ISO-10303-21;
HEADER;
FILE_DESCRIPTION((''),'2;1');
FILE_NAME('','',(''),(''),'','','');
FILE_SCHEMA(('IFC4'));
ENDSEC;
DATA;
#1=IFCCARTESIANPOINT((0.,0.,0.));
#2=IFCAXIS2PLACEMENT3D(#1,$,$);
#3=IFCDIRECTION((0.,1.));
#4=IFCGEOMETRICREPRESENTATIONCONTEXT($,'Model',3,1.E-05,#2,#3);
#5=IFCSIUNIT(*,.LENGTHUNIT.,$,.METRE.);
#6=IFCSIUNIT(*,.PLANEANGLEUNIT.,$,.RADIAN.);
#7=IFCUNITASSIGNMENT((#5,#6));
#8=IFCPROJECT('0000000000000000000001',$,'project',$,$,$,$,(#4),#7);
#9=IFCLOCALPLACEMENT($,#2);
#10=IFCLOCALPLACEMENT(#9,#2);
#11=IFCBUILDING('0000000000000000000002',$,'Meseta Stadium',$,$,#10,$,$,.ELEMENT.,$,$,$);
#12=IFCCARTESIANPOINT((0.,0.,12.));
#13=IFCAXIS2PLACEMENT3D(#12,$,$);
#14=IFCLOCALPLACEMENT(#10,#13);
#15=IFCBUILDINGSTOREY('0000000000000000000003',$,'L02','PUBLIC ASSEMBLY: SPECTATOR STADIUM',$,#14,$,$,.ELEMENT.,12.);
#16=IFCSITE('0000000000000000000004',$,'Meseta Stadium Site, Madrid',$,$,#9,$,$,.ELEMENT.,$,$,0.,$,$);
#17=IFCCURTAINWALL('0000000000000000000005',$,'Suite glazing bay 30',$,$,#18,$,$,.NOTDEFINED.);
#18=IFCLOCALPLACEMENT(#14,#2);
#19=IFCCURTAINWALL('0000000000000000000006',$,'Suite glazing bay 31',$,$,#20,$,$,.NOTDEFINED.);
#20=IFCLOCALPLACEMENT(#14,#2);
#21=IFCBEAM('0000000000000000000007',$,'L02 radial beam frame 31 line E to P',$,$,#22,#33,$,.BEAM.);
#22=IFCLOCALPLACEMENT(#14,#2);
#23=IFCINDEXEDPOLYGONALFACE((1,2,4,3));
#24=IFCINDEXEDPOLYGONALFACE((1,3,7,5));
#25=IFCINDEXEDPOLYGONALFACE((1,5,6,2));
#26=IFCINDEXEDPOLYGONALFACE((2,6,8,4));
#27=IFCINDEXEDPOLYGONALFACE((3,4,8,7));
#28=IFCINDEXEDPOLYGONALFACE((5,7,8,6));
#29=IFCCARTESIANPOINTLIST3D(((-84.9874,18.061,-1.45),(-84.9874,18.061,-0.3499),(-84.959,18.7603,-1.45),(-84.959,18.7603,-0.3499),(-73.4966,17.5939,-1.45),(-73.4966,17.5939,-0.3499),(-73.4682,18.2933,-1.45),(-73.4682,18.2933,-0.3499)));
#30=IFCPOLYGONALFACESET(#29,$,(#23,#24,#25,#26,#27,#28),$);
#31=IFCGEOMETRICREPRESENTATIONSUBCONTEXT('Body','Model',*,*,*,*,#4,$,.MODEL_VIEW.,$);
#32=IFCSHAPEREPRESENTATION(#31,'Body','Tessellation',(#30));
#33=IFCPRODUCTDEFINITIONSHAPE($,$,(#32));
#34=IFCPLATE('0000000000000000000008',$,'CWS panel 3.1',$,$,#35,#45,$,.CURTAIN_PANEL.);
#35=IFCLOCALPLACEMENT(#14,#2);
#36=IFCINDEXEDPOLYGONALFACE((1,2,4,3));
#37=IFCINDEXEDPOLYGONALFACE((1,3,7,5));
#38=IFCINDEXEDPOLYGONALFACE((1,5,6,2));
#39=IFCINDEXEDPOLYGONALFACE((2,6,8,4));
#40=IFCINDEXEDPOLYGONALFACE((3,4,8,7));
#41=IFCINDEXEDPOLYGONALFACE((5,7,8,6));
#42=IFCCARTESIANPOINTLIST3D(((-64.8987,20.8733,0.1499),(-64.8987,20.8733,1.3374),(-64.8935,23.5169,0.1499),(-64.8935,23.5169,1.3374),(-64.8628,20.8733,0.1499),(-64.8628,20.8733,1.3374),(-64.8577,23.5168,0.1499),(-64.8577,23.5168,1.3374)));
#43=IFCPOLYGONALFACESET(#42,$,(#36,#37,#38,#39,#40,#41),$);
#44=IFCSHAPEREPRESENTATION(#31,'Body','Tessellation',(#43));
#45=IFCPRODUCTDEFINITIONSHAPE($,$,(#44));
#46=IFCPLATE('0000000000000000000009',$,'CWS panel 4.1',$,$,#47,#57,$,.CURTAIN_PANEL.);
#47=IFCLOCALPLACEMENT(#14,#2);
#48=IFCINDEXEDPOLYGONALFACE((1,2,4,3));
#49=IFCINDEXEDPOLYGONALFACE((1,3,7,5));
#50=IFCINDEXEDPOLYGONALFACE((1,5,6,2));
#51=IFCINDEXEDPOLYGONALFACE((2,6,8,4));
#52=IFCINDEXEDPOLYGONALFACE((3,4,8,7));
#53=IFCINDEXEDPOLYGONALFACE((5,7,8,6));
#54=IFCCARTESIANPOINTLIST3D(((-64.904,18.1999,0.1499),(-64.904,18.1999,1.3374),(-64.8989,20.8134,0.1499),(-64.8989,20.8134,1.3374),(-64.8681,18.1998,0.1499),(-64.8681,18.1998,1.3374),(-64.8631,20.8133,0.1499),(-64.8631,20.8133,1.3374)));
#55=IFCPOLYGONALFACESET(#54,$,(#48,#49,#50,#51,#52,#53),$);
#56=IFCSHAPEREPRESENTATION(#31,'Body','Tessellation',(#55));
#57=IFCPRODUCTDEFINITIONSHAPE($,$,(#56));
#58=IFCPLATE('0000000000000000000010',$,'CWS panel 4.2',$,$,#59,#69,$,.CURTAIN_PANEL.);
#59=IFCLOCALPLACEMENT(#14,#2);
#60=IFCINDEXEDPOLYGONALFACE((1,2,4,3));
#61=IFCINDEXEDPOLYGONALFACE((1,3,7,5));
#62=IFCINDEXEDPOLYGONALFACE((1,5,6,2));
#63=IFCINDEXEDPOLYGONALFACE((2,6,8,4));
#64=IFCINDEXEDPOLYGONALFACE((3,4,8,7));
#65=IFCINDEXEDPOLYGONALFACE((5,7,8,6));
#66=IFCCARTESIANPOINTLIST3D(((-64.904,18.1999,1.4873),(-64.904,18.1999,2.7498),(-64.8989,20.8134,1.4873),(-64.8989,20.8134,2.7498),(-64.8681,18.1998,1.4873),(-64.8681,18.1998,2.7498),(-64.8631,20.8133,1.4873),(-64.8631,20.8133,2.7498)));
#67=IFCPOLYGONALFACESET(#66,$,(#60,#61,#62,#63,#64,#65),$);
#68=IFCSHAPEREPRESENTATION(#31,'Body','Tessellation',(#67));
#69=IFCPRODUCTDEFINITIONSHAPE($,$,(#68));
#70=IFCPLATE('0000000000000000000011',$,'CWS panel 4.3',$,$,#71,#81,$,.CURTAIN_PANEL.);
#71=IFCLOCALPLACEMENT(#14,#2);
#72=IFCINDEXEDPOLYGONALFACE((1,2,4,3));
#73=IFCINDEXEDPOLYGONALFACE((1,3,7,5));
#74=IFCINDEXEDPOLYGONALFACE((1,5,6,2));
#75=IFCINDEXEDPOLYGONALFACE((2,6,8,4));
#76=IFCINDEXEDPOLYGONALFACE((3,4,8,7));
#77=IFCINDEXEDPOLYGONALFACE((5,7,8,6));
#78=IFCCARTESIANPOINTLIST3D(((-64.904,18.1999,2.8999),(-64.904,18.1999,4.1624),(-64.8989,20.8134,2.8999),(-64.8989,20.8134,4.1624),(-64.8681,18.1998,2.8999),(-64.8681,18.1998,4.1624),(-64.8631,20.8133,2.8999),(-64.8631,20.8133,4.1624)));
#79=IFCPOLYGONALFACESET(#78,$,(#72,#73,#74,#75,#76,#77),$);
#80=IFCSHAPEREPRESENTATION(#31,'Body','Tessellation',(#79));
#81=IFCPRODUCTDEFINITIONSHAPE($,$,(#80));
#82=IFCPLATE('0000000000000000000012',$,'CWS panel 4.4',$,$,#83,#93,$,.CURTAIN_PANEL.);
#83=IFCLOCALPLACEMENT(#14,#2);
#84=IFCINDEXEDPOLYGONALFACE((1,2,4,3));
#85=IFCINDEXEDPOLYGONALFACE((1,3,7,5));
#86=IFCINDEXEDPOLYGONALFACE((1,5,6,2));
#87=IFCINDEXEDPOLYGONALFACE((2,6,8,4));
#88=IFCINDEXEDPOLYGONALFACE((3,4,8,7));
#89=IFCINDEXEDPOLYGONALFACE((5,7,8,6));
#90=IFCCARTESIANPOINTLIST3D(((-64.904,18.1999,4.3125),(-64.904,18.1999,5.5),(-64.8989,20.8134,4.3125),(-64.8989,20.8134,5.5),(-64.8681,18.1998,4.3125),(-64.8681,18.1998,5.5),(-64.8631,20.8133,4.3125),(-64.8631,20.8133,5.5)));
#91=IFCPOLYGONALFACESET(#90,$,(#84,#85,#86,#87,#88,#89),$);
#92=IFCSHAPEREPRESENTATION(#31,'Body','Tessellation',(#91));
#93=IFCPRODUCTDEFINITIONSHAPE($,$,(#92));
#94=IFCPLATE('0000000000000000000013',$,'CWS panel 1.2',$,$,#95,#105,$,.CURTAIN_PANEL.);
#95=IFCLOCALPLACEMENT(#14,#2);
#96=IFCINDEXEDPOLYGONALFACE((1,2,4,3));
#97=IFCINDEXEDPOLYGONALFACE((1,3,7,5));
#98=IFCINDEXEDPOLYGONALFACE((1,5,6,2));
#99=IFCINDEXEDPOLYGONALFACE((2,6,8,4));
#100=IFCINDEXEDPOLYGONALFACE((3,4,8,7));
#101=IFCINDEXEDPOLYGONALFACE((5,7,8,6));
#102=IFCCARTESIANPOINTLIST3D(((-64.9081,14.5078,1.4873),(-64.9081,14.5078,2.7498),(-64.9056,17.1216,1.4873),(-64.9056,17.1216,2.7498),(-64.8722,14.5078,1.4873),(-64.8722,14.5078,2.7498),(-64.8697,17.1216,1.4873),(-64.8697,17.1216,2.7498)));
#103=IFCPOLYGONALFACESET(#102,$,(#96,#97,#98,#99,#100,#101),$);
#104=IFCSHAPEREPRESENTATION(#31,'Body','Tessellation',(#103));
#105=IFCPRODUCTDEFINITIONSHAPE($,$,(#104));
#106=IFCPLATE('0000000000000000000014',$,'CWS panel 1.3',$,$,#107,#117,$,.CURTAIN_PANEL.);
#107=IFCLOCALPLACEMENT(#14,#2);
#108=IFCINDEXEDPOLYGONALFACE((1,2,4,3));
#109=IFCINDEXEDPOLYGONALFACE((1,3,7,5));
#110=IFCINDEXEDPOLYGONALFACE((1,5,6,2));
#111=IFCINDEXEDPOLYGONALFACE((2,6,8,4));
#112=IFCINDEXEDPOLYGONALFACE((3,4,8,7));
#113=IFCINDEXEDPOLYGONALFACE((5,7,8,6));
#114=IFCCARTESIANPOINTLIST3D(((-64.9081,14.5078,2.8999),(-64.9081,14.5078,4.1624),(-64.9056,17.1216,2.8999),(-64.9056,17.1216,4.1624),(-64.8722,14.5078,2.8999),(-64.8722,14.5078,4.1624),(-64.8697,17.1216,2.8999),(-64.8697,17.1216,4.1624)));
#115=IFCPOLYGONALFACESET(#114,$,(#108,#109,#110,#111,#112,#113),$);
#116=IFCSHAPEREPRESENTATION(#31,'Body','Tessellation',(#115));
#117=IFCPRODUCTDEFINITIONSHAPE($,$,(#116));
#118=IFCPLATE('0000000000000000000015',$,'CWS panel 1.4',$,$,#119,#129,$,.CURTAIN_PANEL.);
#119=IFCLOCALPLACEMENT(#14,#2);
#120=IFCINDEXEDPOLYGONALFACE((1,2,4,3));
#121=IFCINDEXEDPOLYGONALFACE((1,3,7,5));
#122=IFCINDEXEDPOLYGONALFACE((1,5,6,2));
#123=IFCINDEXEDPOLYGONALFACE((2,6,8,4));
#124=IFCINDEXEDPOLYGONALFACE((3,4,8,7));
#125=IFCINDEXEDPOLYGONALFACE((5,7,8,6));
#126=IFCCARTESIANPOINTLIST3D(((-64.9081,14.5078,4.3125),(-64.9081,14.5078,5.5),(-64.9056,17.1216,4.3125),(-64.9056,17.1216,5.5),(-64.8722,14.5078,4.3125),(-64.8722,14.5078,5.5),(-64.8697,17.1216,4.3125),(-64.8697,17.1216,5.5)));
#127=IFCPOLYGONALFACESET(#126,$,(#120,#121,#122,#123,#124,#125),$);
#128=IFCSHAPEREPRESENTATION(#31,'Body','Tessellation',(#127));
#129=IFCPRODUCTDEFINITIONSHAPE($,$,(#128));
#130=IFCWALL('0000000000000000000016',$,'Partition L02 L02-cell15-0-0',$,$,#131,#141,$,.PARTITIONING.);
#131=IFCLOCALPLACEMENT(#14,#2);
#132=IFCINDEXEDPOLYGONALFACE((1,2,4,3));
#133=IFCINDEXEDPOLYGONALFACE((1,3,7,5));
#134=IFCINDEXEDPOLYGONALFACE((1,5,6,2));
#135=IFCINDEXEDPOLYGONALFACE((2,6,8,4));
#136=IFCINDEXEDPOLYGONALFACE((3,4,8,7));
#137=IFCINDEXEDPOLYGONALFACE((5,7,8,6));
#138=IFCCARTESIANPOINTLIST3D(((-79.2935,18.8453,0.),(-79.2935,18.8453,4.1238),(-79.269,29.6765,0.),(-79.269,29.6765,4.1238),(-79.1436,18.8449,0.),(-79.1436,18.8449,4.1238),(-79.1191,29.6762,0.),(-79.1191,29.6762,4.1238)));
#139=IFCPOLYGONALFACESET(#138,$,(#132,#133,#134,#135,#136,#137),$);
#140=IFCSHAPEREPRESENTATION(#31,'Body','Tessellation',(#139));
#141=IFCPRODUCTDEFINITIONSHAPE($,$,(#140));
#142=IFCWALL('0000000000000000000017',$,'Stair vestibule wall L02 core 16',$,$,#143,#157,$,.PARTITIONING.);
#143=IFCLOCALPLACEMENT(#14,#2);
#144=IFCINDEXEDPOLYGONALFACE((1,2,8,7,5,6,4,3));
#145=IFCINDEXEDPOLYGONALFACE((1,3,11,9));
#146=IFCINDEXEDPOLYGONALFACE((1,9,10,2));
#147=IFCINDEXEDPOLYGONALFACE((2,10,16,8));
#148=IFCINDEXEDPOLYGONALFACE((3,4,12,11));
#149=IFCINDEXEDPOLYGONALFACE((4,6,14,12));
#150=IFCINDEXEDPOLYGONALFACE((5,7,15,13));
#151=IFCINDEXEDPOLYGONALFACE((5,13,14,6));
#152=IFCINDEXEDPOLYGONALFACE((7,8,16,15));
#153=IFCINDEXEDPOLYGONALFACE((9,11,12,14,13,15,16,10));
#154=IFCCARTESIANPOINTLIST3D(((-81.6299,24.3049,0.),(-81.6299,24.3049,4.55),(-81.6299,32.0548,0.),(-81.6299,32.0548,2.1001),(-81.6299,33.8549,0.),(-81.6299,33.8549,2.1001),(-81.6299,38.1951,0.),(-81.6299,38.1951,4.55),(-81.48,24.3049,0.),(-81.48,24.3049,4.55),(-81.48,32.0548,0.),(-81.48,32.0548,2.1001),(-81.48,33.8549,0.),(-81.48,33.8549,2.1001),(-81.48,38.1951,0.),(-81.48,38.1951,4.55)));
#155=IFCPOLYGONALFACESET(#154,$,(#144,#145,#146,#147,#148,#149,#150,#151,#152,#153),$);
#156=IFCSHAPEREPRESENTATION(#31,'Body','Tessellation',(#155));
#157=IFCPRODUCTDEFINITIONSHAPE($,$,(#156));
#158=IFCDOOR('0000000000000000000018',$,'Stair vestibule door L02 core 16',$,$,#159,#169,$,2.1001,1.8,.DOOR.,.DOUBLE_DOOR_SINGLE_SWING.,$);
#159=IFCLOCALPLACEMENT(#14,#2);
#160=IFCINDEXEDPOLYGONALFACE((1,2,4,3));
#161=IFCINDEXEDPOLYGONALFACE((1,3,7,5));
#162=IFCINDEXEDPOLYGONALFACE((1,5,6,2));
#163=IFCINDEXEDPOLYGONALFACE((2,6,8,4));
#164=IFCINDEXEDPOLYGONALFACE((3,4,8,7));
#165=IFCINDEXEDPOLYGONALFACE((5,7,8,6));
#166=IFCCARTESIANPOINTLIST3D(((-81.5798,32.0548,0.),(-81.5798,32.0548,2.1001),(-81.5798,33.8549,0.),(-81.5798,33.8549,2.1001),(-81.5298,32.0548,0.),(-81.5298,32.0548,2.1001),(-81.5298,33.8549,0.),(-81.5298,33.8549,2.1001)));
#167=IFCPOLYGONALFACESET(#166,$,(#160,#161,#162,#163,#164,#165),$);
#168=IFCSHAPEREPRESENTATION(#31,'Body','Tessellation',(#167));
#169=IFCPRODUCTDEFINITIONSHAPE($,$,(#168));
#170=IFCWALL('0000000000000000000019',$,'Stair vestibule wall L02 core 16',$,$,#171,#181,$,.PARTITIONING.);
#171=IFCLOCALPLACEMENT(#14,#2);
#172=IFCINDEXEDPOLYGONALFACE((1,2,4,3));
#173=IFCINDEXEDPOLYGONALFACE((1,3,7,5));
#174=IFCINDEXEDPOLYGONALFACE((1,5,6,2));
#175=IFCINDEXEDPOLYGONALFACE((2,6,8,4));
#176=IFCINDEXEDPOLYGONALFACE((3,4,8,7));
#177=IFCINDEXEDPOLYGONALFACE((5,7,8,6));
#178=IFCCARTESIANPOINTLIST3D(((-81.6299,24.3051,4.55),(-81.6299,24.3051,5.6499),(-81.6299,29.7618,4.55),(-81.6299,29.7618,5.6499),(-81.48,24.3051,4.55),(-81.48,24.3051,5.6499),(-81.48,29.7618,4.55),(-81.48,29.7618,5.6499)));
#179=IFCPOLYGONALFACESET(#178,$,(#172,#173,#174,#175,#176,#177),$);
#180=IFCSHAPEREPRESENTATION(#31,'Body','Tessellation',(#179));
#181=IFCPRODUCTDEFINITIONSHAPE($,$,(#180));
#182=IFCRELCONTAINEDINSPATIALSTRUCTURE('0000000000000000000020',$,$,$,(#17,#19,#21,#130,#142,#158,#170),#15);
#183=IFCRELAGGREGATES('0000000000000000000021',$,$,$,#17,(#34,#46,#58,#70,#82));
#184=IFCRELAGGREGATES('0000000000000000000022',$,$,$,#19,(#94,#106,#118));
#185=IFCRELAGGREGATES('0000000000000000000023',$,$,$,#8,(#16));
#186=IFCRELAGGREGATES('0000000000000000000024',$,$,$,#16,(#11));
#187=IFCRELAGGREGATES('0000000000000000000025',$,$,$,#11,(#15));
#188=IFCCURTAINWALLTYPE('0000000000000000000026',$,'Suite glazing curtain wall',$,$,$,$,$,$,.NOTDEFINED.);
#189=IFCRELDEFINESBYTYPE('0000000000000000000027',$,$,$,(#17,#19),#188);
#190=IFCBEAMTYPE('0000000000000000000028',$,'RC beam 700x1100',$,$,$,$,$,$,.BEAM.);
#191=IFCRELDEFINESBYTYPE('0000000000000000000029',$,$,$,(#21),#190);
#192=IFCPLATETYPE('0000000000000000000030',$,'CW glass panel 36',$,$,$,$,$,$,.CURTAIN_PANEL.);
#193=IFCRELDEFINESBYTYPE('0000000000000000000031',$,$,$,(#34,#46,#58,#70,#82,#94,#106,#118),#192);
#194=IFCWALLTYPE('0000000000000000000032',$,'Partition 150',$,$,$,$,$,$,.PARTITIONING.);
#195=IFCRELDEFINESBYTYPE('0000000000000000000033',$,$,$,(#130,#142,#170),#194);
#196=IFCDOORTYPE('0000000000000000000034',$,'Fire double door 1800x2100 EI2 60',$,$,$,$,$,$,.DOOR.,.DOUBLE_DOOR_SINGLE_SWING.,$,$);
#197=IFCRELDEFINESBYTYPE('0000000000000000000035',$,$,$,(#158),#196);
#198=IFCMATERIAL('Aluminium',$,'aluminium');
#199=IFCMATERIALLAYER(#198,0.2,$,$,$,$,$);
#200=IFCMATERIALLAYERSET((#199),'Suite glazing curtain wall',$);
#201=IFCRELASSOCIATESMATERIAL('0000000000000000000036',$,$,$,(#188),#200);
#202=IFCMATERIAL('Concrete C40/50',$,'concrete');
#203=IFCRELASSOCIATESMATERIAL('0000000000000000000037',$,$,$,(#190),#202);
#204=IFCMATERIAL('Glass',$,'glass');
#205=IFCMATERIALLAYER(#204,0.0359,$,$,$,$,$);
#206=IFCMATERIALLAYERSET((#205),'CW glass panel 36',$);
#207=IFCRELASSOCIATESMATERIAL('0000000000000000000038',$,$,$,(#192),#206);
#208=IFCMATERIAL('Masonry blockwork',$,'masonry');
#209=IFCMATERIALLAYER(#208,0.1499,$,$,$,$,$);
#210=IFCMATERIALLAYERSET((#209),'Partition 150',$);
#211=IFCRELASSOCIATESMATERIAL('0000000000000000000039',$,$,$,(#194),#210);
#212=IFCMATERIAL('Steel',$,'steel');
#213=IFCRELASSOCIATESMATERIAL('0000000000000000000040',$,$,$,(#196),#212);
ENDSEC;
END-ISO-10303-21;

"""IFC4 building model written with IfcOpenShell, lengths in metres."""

from ifc_helpers import new_model, si_unit, direction, frame, frame_2d, origin, origin_2d, place, context, subcontext, project, spatial, rectangle, extrude, material, layer, layer_set, material_profile, profile_set, type_object, element, fill, aggregate, save


model = new_model("IFC4")

# Units and contexts
model_context = context("Model", 3, precision=1e-05, world=origin(), true_north=direction((0.0, 1.0)))
body_context = subcontext(model_context, "Body", "Model", "MODEL_VIEW")
ifc_project = project(units=[si_unit("LENGTHUNIT", "METRE"), si_unit("PLANEANGLEUNIT", "RADIAN")], contexts=[model_context])

# Site, building, storey
site_placement = place(None, origin())
site = spatial("IfcSite", under=ifc_project, at=site_placement, Name="Meseta Stadium Site, Madrid", CompositionType="ELEMENT", RefElevation=0.0)
building_placement = place(site_placement, origin())
building = spatial("IfcBuilding", under=site, at=building_placement, Name="Meseta Stadium", CompositionType="ELEMENT")
storey_placement = place(building_placement, frame((0.0, 0.0, 12.0)))
storey = spatial("IfcBuildingStorey", under=building, at=storey_placement, Name="L02", Description="PUBLIC ASSEMBLY: SPECTATOR STADIUM", CompositionType="ELEMENT", Elevation=12.0)

# Curtain wall
ifc_material_1 = material(Name="Aluminium", Category="aluminium")
ifc_layer_1 = layer(ifc_material_1, 0.2)
ifc_layer_set_1 = layer_set([ifc_layer_1], Name="Suite glazing curtain wall")
curtain_wall_type = type_object("IfcCurtainWallType", Name="Suite glazing curtain wall", PredefinedType="NOTDEFINED", material=ifc_layer_set_1)
curtain_wall_1_placement = place(storey_placement, origin())
curtain_wall_1 = element("IfcCurtainWall", 1, at=curtain_wall_1_placement, inside=storey, type_object=curtain_wall_type, Name="Suite glazing bay 30", PredefinedType="NOTDEFINED")

# Curtain wall
curtain_wall_2_placement = place(storey_placement, origin())
curtain_wall_2 = element("IfcCurtainWall", 2, at=curtain_wall_2_placement, inside=storey, type_object=curtain_wall_type, Name="Suite glazing bay 31", PredefinedType="NOTDEFINED")

# Beam
ifc_material_2 = material(Name="Concrete C40/50", Category="concrete")
ifc_material_profile_1 = material_profile(ifc_material_2, rectangle(XDim=0.7, YDim=1.1001, at=origin_2d()), Name="RC 700x1100")
ifc_profile_set_1 = profile_set([ifc_material_profile_1], Name="Concrete C40/50")
beam_type_1 = type_object("IfcBeamType", Name="RC beam 700x1100", PredefinedType="BEAM", material=ifc_profile_set_1)
for number, where, z_axis, x_axis, name in (
    (3, (-73.4824, 17.9436, -0.8999), (-0.999175, 0.040612, 0.0), (-0.040612, -0.999175, 0.0), "L02 radial beam frame 31 line E to P"),
):
    element("IfcBeam", number, at=place(storey_placement, frame(where, z_axis=z_axis, x_axis=x_axis)), inside=storey, type_object=beam_type_1, Name=name, PredefinedType="BEAM", context=body_context, shape_type="SweptSolid", body=[
        extrude(rectangle(XDim=0.7, YDim=1.1001, at=origin_2d()), origin(), (0.0, 0.0, 1.0), 11.5002),
    ])

# Plates
ifc_material_3 = material(Name="Glass", Category="glass")
ifc_layer_2 = layer(ifc_material_3, 0.0359)
ifc_layer_set_2 = layer_set([ifc_layer_2], Name="CW glass panel 36")
plate_type = type_object("IfcPlateType", Name="CW glass panel 36", PredefinedType="CURTAIN_PANEL", material=ifc_layer_set_2)
plate_1_placement = place(storey_placement, frame((-64.8782, 22.1951, 0.1499), z_axis=(0.0, 0.0, 1.0), x_axis=(-0.001947, -0.999998, 0.0)))
plate_1 = element("IfcPlate", 4, at=plate_1_placement, type_object=plate_type, Name="CWS panel 3.1", PredefinedType="CURTAIN_PANEL", context=body_context, shape_type="SweptSolid", body=[
    extrude(rectangle(XDim=2.6436, YDim=0.0359, at=origin_2d()), origin(), (0.0, 0.0, 1.0), 1.1875),
])
plate_2_placement = place(storey_placement, frame((-64.8835, 19.5066, 0.1499), z_axis=(0.0, 0.0, 1.0), x_axis=(-0.001947, -0.999998, 0.0)))
plate_2 = element("IfcPlate", 5, at=plate_2_placement, type_object=plate_type, Name="CWS panel 4.1", PredefinedType="CURTAIN_PANEL", context=body_context, shape_type="SweptSolid", body=[
    extrude(rectangle(XDim=2.6135, YDim=0.0359, at=origin_2d()), origin(), (0.0, 0.0, 1.0), 1.1875),
])
plate_3_placement = place(storey_placement, frame((-64.8835, 19.5066, 1.4873), z_axis=(0.0, 0.0, 1.0), x_axis=(-0.001947, -0.999998, 0.0)))
plate_3 = element("IfcPlate", 6, at=plate_3_placement, type_object=plate_type, Name="CWS panel 4.2", PredefinedType="CURTAIN_PANEL", context=body_context, shape_type="SweptSolid", body=[
    extrude(rectangle(XDim=2.6135, YDim=0.0359, at=origin_2d()), origin(), (0.0, 0.0, 1.0), 1.2625),
])
plate_4_placement = place(storey_placement, frame((-64.8835, 19.5066, 2.8999), z_axis=(0.0, 0.0, 1.0), x_axis=(-0.001947, -0.999998, 0.0)))
plate_4 = element("IfcPlate", 7, at=plate_4_placement, type_object=plate_type, Name="CWS panel 4.3", PredefinedType="CURTAIN_PANEL", context=body_context, shape_type="SweptSolid", body=[
    extrude(rectangle(XDim=2.6135, YDim=0.0359, at=origin_2d()), origin(), (0.0, 0.0, 1.0), 1.2625),
])
plate_5_placement = place(storey_placement, frame((-64.8835, 19.5066, 4.3125), z_axis=(0.0, 0.0, 1.0), x_axis=(-0.001947, -0.999998, 0.0)))
plate_5 = element("IfcPlate", 8, at=plate_5_placement, type_object=plate_type, Name="CWS panel 4.4", PredefinedType="CURTAIN_PANEL", context=body_context, shape_type="SweptSolid", body=[
    extrude(rectangle(XDim=2.6135, YDim=0.0359, at=origin_2d()), origin(), (0.0, 0.0, 1.0), 1.1875),
])
aggregate(curtain_wall_1, [plate_1, plate_2, plate_3, plate_4, plate_5])
plate_6_placement = place(storey_placement, frame((-64.8889, 15.8147, 1.4873), z_axis=(0.0, 0.0, 1.0), x_axis=(-0.000975, -1.0, 0.0)))
plate_6 = element("IfcPlate", 9, at=plate_6_placement, type_object=plate_type, Name="CWS panel 1.2", PredefinedType="CURTAIN_PANEL", context=body_context, shape_type="SweptSolid", body=[
    extrude(rectangle(XDim=2.6138, YDim=0.0359, at=origin_2d()), origin(), (0.0, 0.0, 1.0), 1.2625),
])
plate_7_placement = place(storey_placement, frame((-64.8889, 15.8147, 2.8999), z_axis=(0.0, 0.0, 1.0), x_axis=(-0.000975, -1.0, 0.0)))
plate_7 = element("IfcPlate", 10, at=plate_7_placement, type_object=plate_type, Name="CWS panel 1.3", PredefinedType="CURTAIN_PANEL", context=body_context, shape_type="SweptSolid", body=[
    extrude(rectangle(XDim=2.6138, YDim=0.0359, at=origin_2d()), origin(), (0.0, 0.0, 1.0), 1.2625),
])
plate_8_placement = place(storey_placement, frame((-64.8889, 15.8147, 4.3125), z_axis=(0.0, 0.0, 1.0), x_axis=(-0.000975, -1.0, 0.0)))
plate_8 = element("IfcPlate", 11, at=plate_8_placement, type_object=plate_type, Name="CWS panel 1.4", PredefinedType="CURTAIN_PANEL", context=body_context, shape_type="SweptSolid", body=[
    extrude(rectangle(XDim=2.6138, YDim=0.0359, at=origin_2d()), origin(), (0.0, 0.0, 1.0), 1.1875),
])
aggregate(curtain_wall_2, [plate_6, plate_7, plate_8])

# Wall
ifc_material_4 = material(Name="Masonry blockwork", Category="masonry")
ifc_layer_3 = layer(ifc_material_4, 0.1499)
ifc_layer_set_3 = layer_set([ifc_layer_3], Name="Partition 150")
wall_type = type_object("IfcWallType", Name="Partition 150", PredefinedType="PARTITIONING", material=ifc_layer_set_3)
wall_1_placement = place(storey_placement, frame((-79.2185, 18.8452, 0.0), z_axis=(0.0, 0.0, 1.0), x_axis=(0.002254, 0.999997, 0.0)))
element("IfcWall", 12, at=wall_1_placement, inside=storey, type_object=wall_type, Name="Partition L02 L02-cell15-0-0", PredefinedType="PARTITIONING", context=body_context, shape_type="SweptSolid", body=[
    extrude(rectangle(XDim=10.8313, YDim=0.1499, at=frame_2d((5.4155, 0.0))), origin(), (0.0, 0.0, 1.0), 4.1238),
])

# Wall, opening, door
wall_2_placement = place(storey_placement, frame((-81.5549, 24.3049, 0.0), z_axis=(0.0, 0.0, 1.0), x_axis=(0.0, 1.0, 0.0)))
wall_2 = element("IfcWall", 13, at=wall_2_placement, inside=storey, type_object=wall_type, Name="Stair vestibule wall L02 core 16", PredefinedType="PARTITIONING", context=body_context, shape_type="SweptSolid", body=[
    extrude(rectangle(XDim=13.8901, YDim=0.1499, at=frame_2d((6.9451, 0.0))), origin(), (0.0, 0.0, 1.0), 4.55),
])
opening_placement = place(wall_2_placement, frame((7.75, 0.0, 0.0)))
opening = element("IfcOpeningElement", 14, at=opening_placement, cuts=wall_2, PredefinedType="OPENING", context=body_context, shape_type="SweptSolid", body=[
    extrude(rectangle(XDim=1.8, YDim=2.1001, at=frame_2d((0.8999, 1.05))), frame((0.0, 0.085, 0.0), z_axis=(0.0, -1.0, 0.0), x_axis=(1.0, 0.0, 0.0)), (0.0, 0.0, 1.0), 0.1699),
])
ifc_material_5 = material(Name="Steel", Category="steel")
door_type = type_object("IfcDoorType", Name="Fire double door 1800x2100 EI2 60", OperationType="DOUBLE_DOOR_SINGLE_SWING", PredefinedType="DOOR", material=ifc_material_5)
door_placement = place(opening_placement, origin())
door = element("IfcDoor", 15, at=door_placement, inside=storey, type_object=door_type, Name="Stair vestibule door L02 core 16", OperationType="DOUBLE_DOOR_SINGLE_SWING", OverallHeight=2.1001, OverallWidth=1.8, PredefinedType="DOOR", context=body_context, shape_type="SweptSolid", body=[
    extrude(rectangle(XDim=1.8, YDim=2.1001, at=frame_2d((0.8999, 1.05))), frame((0.0, 0.0249, 0.0), z_axis=(0.0, -1.0, 0.0), x_axis=(1.0, 0.0, 0.0)), (0.0, 0.0, 1.0), 0.05),
])
fill(opening, door)

# Wall
wall_3_placement = place(storey_placement, frame((-81.5549, 24.3049, 4.55), z_axis=(0.0, 0.0, 1.0), x_axis=(0.0, 1.0, 0.0)))
element("IfcWall", 16, at=wall_3_placement, inside=storey, type_object=wall_type, Name="Stair vestibule wall L02 core 16", PredefinedType="PARTITIONING", context=body_context, shape_type="SweptSolid", body=[
    extrude(rectangle(XDim=5.4568, YDim=0.1499, at=frame_2d((2.7285, 0.0))), origin(), (0.0, 0.0, 1.0), 1.0999),
])

save(model, "model.ifc")
